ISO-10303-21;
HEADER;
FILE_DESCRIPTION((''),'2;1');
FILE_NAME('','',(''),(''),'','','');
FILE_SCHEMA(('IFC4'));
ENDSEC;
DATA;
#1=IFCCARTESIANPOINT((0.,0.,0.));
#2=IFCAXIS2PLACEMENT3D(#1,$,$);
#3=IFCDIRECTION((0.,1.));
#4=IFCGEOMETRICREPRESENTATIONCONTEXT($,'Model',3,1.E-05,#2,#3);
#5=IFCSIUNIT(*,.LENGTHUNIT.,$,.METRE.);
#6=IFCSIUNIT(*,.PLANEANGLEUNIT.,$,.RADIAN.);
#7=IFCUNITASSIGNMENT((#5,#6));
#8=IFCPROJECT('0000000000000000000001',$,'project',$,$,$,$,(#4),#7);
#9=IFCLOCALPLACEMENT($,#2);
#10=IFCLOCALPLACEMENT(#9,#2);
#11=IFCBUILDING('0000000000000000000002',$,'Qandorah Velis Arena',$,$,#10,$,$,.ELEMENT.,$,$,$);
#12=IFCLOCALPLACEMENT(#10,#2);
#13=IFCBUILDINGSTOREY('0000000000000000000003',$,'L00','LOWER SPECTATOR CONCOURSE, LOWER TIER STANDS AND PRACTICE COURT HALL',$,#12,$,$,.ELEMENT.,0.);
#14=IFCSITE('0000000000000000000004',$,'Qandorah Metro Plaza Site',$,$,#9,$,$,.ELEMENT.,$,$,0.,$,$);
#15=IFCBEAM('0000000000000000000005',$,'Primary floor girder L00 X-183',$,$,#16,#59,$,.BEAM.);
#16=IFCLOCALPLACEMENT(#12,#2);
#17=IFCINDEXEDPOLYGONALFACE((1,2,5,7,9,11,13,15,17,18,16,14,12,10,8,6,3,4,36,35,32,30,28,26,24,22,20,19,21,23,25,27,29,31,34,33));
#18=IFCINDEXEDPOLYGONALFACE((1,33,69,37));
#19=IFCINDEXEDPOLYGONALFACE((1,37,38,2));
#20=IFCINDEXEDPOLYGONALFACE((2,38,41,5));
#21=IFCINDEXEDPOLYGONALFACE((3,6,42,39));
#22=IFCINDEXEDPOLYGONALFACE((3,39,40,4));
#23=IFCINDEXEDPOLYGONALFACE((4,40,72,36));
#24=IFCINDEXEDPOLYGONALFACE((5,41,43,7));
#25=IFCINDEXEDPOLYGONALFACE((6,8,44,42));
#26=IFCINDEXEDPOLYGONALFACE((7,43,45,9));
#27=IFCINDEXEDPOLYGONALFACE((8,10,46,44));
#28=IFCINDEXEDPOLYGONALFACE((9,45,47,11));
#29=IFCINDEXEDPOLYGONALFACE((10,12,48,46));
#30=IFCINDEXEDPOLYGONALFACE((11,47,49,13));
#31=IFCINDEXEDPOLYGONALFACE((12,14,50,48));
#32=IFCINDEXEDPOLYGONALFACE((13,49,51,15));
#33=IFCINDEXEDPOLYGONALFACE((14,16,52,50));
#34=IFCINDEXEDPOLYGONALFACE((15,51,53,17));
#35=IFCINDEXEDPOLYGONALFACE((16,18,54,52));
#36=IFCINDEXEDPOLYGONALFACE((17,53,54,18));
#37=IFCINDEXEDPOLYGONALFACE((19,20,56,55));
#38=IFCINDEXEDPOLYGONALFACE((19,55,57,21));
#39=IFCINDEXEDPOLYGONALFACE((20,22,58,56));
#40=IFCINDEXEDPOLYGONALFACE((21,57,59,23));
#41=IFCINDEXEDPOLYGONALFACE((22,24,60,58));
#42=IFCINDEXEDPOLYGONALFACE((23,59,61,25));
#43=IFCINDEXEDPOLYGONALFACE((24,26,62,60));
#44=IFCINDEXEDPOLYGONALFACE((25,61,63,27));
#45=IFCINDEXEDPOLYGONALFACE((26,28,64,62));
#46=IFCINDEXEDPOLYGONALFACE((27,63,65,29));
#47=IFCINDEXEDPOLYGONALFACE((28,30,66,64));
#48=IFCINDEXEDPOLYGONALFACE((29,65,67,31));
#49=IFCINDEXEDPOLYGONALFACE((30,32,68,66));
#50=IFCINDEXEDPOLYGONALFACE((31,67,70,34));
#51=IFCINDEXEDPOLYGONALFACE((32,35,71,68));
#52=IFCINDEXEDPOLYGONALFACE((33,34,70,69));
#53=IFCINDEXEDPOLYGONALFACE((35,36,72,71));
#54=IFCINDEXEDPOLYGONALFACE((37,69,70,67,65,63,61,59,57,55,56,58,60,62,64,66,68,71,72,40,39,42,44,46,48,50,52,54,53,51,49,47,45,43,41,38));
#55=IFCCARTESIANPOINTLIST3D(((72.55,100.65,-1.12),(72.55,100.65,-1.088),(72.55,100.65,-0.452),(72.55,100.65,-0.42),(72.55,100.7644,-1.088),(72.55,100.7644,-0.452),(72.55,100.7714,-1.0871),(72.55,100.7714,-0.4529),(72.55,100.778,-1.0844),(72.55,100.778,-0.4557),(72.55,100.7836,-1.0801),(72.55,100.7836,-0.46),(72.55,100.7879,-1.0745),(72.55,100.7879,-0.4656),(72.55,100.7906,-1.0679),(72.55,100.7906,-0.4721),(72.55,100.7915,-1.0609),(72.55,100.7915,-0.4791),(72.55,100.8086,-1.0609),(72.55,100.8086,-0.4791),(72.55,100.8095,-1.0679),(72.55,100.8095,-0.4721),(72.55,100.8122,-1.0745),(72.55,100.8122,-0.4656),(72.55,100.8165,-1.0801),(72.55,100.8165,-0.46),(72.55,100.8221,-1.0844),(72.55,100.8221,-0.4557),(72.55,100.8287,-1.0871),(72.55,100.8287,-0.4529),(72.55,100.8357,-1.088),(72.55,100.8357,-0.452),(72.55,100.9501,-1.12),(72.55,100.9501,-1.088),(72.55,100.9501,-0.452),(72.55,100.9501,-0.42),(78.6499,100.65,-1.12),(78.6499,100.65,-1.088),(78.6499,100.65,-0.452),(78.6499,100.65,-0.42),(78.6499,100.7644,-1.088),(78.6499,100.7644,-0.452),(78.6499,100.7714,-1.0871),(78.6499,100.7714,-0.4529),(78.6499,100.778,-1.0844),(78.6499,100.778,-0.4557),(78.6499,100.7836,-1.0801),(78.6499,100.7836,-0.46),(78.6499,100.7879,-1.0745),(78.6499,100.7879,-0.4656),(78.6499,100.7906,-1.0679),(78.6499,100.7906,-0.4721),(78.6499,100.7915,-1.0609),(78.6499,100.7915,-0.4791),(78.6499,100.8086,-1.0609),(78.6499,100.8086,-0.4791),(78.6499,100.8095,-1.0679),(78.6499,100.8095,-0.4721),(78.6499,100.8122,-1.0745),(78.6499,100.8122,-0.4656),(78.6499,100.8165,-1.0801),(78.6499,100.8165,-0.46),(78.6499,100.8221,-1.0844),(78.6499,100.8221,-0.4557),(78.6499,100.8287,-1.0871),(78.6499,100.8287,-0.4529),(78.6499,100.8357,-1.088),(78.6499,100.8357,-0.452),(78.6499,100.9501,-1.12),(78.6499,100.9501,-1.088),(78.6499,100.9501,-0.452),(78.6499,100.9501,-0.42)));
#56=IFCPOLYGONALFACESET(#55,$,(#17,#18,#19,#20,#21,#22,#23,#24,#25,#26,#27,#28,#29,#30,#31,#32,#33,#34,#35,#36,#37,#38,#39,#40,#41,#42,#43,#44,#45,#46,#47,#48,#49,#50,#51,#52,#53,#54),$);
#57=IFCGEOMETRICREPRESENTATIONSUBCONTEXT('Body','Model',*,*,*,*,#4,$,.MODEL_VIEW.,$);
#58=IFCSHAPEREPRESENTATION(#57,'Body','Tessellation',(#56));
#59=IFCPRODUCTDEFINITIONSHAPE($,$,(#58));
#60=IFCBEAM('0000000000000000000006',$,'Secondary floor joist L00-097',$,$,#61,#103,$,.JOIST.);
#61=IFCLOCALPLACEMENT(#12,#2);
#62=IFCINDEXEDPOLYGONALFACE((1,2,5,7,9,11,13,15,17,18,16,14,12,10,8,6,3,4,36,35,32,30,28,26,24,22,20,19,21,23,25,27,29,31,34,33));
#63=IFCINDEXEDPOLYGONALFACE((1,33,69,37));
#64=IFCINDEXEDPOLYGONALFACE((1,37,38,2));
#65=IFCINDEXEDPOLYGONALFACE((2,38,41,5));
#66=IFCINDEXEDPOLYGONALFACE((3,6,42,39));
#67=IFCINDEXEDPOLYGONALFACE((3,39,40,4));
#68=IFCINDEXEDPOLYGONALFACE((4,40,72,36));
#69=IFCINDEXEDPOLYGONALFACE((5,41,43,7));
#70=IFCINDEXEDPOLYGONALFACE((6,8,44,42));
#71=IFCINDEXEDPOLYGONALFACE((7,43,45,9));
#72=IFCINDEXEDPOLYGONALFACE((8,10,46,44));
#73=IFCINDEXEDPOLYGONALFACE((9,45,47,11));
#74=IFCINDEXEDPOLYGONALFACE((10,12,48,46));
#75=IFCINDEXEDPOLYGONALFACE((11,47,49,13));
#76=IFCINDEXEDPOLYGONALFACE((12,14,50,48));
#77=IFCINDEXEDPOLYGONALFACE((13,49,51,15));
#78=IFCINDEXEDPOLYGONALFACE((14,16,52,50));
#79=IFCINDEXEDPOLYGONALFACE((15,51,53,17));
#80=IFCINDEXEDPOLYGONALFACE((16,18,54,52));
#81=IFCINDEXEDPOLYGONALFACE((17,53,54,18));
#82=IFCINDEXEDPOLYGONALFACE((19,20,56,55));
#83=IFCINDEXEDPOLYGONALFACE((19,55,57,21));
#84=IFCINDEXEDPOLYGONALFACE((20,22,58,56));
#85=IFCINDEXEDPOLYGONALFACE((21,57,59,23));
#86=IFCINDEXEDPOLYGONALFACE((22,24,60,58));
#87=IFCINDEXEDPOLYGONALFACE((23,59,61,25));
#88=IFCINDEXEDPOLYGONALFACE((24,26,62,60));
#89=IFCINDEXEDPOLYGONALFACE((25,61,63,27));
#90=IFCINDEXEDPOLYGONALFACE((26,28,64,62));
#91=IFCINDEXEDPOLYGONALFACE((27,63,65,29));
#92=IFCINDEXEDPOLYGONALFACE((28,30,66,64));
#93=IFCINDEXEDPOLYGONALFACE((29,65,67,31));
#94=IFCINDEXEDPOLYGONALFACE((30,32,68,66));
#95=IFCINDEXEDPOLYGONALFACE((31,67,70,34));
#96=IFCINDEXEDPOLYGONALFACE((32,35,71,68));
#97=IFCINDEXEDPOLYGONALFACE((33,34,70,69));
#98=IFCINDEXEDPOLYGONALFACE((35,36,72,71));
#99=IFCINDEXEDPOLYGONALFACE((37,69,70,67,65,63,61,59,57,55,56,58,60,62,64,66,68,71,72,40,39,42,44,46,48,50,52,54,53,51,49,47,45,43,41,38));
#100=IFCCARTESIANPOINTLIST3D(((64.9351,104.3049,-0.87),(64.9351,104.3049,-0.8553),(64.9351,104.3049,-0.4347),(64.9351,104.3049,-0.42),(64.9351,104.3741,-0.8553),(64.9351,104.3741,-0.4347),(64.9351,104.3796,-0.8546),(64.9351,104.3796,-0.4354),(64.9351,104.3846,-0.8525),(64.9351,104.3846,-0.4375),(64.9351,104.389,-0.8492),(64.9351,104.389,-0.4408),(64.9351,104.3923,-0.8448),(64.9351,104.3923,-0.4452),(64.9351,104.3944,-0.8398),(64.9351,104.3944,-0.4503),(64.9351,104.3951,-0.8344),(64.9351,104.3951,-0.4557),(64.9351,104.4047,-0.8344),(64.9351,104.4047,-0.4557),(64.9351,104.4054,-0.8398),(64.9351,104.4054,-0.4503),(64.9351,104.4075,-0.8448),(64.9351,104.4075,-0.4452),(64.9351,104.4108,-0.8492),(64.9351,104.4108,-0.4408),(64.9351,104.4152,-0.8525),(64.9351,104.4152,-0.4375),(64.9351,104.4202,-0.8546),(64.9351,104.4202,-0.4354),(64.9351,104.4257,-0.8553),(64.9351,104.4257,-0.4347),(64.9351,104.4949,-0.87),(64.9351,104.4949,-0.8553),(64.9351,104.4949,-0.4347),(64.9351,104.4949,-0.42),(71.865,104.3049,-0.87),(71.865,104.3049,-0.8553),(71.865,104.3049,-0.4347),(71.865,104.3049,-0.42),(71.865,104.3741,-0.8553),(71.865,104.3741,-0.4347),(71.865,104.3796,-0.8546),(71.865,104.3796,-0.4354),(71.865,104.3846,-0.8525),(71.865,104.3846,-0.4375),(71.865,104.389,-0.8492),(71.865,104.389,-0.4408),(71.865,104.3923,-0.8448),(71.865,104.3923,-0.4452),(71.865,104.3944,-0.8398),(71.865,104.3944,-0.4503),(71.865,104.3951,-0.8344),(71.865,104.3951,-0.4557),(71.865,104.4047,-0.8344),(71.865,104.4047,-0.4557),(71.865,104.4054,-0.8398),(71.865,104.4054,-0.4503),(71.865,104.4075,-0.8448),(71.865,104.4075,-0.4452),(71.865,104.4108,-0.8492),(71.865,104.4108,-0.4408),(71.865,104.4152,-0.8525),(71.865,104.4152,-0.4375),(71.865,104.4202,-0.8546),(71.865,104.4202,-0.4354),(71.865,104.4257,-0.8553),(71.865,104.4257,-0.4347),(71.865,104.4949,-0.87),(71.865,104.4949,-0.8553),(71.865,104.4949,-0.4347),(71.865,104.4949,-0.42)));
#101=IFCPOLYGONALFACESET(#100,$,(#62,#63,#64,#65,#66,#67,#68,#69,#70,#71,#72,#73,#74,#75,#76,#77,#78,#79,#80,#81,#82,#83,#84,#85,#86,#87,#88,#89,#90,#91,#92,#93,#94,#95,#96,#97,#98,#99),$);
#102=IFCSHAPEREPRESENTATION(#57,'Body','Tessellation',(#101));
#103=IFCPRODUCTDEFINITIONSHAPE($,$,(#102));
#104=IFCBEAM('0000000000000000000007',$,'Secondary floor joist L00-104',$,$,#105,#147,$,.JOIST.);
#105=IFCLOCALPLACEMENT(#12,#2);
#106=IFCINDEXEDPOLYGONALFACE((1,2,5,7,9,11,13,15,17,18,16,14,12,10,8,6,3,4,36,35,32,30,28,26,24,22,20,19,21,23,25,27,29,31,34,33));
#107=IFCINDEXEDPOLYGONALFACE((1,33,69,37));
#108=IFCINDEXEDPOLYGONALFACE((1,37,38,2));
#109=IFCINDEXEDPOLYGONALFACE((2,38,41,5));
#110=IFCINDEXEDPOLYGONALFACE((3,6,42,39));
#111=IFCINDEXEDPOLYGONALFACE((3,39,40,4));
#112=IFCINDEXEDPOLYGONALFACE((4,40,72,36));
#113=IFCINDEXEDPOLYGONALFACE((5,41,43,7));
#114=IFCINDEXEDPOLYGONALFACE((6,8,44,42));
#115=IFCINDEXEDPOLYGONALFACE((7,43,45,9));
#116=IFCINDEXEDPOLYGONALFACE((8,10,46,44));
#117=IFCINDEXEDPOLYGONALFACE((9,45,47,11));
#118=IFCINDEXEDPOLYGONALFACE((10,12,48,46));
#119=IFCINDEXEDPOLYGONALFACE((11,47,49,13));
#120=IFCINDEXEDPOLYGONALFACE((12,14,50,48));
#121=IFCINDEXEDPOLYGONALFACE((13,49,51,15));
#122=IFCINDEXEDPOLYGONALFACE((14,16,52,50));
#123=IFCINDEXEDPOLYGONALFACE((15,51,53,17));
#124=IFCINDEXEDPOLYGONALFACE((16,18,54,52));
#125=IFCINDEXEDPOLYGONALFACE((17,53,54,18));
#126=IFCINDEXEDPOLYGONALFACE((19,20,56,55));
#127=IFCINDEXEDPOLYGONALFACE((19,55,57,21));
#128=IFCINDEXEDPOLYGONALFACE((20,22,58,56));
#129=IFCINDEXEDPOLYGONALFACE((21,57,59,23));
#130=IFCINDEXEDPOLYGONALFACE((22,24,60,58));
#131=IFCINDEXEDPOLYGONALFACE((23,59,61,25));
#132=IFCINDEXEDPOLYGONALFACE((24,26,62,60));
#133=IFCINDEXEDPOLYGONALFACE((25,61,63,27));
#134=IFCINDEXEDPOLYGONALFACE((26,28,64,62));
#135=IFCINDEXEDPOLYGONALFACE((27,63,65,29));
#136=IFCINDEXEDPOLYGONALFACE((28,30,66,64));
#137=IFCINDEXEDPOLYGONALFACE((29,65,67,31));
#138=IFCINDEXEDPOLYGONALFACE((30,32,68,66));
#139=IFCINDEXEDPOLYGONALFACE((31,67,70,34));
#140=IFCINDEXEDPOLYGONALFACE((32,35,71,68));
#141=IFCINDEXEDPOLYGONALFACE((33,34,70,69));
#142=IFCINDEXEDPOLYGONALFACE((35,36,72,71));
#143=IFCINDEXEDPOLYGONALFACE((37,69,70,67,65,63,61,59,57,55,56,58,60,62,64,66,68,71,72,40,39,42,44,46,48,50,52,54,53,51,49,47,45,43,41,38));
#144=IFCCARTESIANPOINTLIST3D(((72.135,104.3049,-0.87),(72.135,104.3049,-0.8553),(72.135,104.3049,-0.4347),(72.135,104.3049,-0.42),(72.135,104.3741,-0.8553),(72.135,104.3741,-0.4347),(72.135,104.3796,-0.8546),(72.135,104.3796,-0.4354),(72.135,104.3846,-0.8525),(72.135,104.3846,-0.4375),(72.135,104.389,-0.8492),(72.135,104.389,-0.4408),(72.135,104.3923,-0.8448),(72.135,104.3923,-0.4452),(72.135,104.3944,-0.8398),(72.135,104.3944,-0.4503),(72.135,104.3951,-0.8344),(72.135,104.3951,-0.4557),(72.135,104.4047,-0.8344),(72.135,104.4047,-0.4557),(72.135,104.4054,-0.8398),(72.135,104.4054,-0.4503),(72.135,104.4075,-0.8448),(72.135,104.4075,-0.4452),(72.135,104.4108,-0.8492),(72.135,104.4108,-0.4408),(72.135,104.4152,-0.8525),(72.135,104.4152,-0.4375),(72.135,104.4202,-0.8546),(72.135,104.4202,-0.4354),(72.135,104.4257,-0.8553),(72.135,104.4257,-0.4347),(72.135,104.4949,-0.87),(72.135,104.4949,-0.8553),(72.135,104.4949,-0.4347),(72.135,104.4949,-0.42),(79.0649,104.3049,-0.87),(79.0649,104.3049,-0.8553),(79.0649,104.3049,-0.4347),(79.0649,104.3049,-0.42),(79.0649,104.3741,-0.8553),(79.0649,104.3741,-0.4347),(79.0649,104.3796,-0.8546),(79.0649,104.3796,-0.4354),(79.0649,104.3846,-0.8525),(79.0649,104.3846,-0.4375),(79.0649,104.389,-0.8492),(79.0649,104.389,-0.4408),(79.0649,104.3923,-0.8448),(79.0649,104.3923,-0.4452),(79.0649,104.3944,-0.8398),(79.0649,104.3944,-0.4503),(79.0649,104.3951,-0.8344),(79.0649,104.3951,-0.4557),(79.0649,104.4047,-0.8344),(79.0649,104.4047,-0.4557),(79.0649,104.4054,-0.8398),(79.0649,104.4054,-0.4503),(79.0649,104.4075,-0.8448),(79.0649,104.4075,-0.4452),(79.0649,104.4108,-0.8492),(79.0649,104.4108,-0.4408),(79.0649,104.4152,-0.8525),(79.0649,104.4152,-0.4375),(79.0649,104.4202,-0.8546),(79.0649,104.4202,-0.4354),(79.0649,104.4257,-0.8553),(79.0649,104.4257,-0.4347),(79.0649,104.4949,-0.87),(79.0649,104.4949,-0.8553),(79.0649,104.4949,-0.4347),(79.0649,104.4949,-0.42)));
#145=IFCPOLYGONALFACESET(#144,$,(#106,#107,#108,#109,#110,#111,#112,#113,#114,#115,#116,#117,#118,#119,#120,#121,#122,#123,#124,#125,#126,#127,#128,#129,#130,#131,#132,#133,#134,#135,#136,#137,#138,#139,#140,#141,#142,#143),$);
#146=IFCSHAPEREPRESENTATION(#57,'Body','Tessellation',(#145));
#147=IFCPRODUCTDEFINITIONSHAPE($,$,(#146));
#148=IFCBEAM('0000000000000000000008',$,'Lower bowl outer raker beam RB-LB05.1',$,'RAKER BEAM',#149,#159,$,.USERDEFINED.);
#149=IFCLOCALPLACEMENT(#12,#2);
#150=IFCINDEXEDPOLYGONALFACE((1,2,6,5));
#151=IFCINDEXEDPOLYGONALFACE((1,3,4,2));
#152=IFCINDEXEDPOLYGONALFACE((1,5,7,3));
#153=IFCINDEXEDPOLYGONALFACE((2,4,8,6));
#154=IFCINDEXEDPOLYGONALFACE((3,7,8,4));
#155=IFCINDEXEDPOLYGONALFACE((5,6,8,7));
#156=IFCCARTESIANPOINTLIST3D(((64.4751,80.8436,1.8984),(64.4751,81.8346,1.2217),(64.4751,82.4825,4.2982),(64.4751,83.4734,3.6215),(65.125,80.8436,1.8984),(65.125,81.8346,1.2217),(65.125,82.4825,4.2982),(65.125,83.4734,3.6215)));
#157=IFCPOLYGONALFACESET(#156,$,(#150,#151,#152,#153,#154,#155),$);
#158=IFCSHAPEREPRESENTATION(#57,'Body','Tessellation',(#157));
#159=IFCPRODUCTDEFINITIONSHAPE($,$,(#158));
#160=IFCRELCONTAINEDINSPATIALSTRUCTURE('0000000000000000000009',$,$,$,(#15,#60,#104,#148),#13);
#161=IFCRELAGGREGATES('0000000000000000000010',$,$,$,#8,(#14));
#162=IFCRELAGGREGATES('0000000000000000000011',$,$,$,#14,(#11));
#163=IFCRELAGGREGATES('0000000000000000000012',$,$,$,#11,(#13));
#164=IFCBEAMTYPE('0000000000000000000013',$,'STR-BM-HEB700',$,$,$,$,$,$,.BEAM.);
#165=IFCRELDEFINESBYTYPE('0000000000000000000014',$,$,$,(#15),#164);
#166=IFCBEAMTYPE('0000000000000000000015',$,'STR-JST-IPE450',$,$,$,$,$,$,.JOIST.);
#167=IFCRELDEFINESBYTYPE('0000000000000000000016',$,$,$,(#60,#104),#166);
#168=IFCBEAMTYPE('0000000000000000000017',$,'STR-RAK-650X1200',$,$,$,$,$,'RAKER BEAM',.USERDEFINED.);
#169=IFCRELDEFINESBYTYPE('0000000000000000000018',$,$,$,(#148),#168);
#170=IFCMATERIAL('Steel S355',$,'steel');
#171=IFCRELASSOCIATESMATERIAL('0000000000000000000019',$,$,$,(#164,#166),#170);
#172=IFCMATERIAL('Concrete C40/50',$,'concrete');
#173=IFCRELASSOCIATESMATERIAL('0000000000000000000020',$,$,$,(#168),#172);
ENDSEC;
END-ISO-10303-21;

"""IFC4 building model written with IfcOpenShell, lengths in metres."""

from ifc_helpers import new_model, si_unit, direction, frame, origin, origin_2d, place, context, subcontext, project, spatial, rectangle, i_section, extrude, material, material_profile, profile_set, type_object, element, save


model = new_model("IFC4")

# Units and contexts
model_context = context("Model", 3, precision=1e-05, world=origin(), true_north=direction((0.0, 1.0)))
body_context = subcontext(model_context, "Body", "Model", "MODEL_VIEW")
ifc_project = project(units=[si_unit("LENGTHUNIT", "METRE"), si_unit("PLANEANGLEUNIT", "RADIAN")], contexts=[model_context])

# Site, building, storey
site_placement = place(None, origin())
site = spatial("IfcSite", under=ifc_project, at=site_placement, Name="Qandorah Metro Plaza Site", CompositionType="ELEMENT", RefElevation=0.0)
building_placement = place(site_placement, origin())
building = spatial("IfcBuilding", under=site, at=building_placement, Name="Qandorah Velis Arena", CompositionType="ELEMENT")
storey_placement = place(building_placement, origin())
storey = spatial("IfcBuildingStorey", under=building, at=storey_placement, Name="L00", Description="LOWER SPECTATOR CONCOURSE, LOWER TIER STANDS AND PRACTICE COURT HALL", CompositionType="ELEMENT", Elevation=0.0)

# Shared definitions
ifc_material_1 = material(Name="Concrete C40/50", Category="concrete")

# Beams
ifc_material_2 = material(Name="Steel S355", Category="steel")
ifc_material_profile_1 = material_profile(ifc_material_2, i_section(OverallWidth=0.3, OverallDepth=0.7, WebThickness=0.0171, FlangeThickness=0.032, FilletRadius=0.0271, at=origin_2d()), Name="HEB 700")
ifc_profile_set_1 = profile_set([ifc_material_profile_1], Name="Steel S355")
beam_type_1 = type_object("IfcBeamType", Name="STR-BM-HEB700", PredefinedType="BEAM", material=ifc_profile_set_1)
for number, where, z_axis, x_axis, name in (
    (1, (72.55, 100.8, -0.77), (1.0, 0.0, 0.0), (0.0, 1.0, 0.0), "Primary floor girder L00 X-183"),
):
    element("IfcBeam", number, at=place(storey_placement, frame(where, z_axis=z_axis, x_axis=x_axis)), inside=storey, type_object=beam_type_1, Name=name, PredefinedType="BEAM", context=body_context, shape_type="SweptSolid", body=[
        extrude(i_section(OverallWidth=0.3, OverallDepth=0.7, WebThickness=0.0171, FlangeThickness=0.032, FilletRadius=0.0271, at=origin_2d()), origin(), (0.0, 0.0, 1.0), 6.0999),
    ])
ifc_material_profile_2 = material_profile(ifc_material_2, i_section(OverallWidth=0.1899, OverallDepth=0.45, WebThickness=0.0095, FlangeThickness=0.0146, FilletRadius=0.021, at=origin_2d()), Name="IPE 450")
ifc_profile_set_2 = profile_set([ifc_material_profile_2], Name="Steel S355")
beam_type_2 = type_object("IfcBeamType", Name="STR-JST-IPE450", PredefinedType="JOIST", material=ifc_profile_set_2)
for number, where, z_axis, x_axis, name in (
    (2, (64.9351, 104.3999, -0.645), (1.0, 0.0, 0.0), (0.0, 1.0, 0.0), "Secondary floor joist L00-097"),
    (3, (72.135, 104.3999, -0.645), (1.0, 0.0, 0.0), (0.0, 1.0, 0.0), "Secondary floor joist L00-104"),
):
    element("IfcBeam", number, at=place(storey_placement, frame(where, z_axis=z_axis, x_axis=x_axis)), inside=storey, type_object=beam_type_2, Name=name, PredefinedType="JOIST", context=body_context, shape_type="SweptSolid", body=[
        extrude(i_section(OverallWidth=0.1899, OverallDepth=0.45, WebThickness=0.0095, FlangeThickness=0.0146, FilletRadius=0.021, at=origin_2d()), origin(), (0.0, 0.0, 1.0), 6.9299),
    ])
ifc_material_profile_3 = material_profile(ifc_material_1, rectangle(XDim=0.6499, YDim=1.2, at=origin_2d()), Name="RC RAKER 650x1200")
ifc_profile_set_3 = profile_set([ifc_material_profile_3], Name="Concrete C40/50")
beam_type_3 = type_object("IfcBeamType", Name="STR-RAK-650X1200", ElementType="RAKER BEAM", PredefinedType="USERDEFINED", material=ifc_profile_set_3)
beam_placement = place(storey_placement, frame((64.8, 81.3391, 1.5601), z_axis=(0.0, 0.563952, 0.825808), x_axis=(-1.0, 0.0, 0.0)))
element("IfcBeam", 4, at=beam_placement, inside=storey, type_object=beam_type_3, Name="Lower bowl outer raker beam RB-LB05.1", ObjectType="RAKER BEAM", PredefinedType="USERDEFINED", context=body_context, shape_type="SweptSolid", body=[
    extrude(rectangle(XDim=0.6499, YDim=1.2, at=origin_2d()), origin(), (0.0, 0.0, 1.0), 2.906),
])

save(model, "model.ifc")
